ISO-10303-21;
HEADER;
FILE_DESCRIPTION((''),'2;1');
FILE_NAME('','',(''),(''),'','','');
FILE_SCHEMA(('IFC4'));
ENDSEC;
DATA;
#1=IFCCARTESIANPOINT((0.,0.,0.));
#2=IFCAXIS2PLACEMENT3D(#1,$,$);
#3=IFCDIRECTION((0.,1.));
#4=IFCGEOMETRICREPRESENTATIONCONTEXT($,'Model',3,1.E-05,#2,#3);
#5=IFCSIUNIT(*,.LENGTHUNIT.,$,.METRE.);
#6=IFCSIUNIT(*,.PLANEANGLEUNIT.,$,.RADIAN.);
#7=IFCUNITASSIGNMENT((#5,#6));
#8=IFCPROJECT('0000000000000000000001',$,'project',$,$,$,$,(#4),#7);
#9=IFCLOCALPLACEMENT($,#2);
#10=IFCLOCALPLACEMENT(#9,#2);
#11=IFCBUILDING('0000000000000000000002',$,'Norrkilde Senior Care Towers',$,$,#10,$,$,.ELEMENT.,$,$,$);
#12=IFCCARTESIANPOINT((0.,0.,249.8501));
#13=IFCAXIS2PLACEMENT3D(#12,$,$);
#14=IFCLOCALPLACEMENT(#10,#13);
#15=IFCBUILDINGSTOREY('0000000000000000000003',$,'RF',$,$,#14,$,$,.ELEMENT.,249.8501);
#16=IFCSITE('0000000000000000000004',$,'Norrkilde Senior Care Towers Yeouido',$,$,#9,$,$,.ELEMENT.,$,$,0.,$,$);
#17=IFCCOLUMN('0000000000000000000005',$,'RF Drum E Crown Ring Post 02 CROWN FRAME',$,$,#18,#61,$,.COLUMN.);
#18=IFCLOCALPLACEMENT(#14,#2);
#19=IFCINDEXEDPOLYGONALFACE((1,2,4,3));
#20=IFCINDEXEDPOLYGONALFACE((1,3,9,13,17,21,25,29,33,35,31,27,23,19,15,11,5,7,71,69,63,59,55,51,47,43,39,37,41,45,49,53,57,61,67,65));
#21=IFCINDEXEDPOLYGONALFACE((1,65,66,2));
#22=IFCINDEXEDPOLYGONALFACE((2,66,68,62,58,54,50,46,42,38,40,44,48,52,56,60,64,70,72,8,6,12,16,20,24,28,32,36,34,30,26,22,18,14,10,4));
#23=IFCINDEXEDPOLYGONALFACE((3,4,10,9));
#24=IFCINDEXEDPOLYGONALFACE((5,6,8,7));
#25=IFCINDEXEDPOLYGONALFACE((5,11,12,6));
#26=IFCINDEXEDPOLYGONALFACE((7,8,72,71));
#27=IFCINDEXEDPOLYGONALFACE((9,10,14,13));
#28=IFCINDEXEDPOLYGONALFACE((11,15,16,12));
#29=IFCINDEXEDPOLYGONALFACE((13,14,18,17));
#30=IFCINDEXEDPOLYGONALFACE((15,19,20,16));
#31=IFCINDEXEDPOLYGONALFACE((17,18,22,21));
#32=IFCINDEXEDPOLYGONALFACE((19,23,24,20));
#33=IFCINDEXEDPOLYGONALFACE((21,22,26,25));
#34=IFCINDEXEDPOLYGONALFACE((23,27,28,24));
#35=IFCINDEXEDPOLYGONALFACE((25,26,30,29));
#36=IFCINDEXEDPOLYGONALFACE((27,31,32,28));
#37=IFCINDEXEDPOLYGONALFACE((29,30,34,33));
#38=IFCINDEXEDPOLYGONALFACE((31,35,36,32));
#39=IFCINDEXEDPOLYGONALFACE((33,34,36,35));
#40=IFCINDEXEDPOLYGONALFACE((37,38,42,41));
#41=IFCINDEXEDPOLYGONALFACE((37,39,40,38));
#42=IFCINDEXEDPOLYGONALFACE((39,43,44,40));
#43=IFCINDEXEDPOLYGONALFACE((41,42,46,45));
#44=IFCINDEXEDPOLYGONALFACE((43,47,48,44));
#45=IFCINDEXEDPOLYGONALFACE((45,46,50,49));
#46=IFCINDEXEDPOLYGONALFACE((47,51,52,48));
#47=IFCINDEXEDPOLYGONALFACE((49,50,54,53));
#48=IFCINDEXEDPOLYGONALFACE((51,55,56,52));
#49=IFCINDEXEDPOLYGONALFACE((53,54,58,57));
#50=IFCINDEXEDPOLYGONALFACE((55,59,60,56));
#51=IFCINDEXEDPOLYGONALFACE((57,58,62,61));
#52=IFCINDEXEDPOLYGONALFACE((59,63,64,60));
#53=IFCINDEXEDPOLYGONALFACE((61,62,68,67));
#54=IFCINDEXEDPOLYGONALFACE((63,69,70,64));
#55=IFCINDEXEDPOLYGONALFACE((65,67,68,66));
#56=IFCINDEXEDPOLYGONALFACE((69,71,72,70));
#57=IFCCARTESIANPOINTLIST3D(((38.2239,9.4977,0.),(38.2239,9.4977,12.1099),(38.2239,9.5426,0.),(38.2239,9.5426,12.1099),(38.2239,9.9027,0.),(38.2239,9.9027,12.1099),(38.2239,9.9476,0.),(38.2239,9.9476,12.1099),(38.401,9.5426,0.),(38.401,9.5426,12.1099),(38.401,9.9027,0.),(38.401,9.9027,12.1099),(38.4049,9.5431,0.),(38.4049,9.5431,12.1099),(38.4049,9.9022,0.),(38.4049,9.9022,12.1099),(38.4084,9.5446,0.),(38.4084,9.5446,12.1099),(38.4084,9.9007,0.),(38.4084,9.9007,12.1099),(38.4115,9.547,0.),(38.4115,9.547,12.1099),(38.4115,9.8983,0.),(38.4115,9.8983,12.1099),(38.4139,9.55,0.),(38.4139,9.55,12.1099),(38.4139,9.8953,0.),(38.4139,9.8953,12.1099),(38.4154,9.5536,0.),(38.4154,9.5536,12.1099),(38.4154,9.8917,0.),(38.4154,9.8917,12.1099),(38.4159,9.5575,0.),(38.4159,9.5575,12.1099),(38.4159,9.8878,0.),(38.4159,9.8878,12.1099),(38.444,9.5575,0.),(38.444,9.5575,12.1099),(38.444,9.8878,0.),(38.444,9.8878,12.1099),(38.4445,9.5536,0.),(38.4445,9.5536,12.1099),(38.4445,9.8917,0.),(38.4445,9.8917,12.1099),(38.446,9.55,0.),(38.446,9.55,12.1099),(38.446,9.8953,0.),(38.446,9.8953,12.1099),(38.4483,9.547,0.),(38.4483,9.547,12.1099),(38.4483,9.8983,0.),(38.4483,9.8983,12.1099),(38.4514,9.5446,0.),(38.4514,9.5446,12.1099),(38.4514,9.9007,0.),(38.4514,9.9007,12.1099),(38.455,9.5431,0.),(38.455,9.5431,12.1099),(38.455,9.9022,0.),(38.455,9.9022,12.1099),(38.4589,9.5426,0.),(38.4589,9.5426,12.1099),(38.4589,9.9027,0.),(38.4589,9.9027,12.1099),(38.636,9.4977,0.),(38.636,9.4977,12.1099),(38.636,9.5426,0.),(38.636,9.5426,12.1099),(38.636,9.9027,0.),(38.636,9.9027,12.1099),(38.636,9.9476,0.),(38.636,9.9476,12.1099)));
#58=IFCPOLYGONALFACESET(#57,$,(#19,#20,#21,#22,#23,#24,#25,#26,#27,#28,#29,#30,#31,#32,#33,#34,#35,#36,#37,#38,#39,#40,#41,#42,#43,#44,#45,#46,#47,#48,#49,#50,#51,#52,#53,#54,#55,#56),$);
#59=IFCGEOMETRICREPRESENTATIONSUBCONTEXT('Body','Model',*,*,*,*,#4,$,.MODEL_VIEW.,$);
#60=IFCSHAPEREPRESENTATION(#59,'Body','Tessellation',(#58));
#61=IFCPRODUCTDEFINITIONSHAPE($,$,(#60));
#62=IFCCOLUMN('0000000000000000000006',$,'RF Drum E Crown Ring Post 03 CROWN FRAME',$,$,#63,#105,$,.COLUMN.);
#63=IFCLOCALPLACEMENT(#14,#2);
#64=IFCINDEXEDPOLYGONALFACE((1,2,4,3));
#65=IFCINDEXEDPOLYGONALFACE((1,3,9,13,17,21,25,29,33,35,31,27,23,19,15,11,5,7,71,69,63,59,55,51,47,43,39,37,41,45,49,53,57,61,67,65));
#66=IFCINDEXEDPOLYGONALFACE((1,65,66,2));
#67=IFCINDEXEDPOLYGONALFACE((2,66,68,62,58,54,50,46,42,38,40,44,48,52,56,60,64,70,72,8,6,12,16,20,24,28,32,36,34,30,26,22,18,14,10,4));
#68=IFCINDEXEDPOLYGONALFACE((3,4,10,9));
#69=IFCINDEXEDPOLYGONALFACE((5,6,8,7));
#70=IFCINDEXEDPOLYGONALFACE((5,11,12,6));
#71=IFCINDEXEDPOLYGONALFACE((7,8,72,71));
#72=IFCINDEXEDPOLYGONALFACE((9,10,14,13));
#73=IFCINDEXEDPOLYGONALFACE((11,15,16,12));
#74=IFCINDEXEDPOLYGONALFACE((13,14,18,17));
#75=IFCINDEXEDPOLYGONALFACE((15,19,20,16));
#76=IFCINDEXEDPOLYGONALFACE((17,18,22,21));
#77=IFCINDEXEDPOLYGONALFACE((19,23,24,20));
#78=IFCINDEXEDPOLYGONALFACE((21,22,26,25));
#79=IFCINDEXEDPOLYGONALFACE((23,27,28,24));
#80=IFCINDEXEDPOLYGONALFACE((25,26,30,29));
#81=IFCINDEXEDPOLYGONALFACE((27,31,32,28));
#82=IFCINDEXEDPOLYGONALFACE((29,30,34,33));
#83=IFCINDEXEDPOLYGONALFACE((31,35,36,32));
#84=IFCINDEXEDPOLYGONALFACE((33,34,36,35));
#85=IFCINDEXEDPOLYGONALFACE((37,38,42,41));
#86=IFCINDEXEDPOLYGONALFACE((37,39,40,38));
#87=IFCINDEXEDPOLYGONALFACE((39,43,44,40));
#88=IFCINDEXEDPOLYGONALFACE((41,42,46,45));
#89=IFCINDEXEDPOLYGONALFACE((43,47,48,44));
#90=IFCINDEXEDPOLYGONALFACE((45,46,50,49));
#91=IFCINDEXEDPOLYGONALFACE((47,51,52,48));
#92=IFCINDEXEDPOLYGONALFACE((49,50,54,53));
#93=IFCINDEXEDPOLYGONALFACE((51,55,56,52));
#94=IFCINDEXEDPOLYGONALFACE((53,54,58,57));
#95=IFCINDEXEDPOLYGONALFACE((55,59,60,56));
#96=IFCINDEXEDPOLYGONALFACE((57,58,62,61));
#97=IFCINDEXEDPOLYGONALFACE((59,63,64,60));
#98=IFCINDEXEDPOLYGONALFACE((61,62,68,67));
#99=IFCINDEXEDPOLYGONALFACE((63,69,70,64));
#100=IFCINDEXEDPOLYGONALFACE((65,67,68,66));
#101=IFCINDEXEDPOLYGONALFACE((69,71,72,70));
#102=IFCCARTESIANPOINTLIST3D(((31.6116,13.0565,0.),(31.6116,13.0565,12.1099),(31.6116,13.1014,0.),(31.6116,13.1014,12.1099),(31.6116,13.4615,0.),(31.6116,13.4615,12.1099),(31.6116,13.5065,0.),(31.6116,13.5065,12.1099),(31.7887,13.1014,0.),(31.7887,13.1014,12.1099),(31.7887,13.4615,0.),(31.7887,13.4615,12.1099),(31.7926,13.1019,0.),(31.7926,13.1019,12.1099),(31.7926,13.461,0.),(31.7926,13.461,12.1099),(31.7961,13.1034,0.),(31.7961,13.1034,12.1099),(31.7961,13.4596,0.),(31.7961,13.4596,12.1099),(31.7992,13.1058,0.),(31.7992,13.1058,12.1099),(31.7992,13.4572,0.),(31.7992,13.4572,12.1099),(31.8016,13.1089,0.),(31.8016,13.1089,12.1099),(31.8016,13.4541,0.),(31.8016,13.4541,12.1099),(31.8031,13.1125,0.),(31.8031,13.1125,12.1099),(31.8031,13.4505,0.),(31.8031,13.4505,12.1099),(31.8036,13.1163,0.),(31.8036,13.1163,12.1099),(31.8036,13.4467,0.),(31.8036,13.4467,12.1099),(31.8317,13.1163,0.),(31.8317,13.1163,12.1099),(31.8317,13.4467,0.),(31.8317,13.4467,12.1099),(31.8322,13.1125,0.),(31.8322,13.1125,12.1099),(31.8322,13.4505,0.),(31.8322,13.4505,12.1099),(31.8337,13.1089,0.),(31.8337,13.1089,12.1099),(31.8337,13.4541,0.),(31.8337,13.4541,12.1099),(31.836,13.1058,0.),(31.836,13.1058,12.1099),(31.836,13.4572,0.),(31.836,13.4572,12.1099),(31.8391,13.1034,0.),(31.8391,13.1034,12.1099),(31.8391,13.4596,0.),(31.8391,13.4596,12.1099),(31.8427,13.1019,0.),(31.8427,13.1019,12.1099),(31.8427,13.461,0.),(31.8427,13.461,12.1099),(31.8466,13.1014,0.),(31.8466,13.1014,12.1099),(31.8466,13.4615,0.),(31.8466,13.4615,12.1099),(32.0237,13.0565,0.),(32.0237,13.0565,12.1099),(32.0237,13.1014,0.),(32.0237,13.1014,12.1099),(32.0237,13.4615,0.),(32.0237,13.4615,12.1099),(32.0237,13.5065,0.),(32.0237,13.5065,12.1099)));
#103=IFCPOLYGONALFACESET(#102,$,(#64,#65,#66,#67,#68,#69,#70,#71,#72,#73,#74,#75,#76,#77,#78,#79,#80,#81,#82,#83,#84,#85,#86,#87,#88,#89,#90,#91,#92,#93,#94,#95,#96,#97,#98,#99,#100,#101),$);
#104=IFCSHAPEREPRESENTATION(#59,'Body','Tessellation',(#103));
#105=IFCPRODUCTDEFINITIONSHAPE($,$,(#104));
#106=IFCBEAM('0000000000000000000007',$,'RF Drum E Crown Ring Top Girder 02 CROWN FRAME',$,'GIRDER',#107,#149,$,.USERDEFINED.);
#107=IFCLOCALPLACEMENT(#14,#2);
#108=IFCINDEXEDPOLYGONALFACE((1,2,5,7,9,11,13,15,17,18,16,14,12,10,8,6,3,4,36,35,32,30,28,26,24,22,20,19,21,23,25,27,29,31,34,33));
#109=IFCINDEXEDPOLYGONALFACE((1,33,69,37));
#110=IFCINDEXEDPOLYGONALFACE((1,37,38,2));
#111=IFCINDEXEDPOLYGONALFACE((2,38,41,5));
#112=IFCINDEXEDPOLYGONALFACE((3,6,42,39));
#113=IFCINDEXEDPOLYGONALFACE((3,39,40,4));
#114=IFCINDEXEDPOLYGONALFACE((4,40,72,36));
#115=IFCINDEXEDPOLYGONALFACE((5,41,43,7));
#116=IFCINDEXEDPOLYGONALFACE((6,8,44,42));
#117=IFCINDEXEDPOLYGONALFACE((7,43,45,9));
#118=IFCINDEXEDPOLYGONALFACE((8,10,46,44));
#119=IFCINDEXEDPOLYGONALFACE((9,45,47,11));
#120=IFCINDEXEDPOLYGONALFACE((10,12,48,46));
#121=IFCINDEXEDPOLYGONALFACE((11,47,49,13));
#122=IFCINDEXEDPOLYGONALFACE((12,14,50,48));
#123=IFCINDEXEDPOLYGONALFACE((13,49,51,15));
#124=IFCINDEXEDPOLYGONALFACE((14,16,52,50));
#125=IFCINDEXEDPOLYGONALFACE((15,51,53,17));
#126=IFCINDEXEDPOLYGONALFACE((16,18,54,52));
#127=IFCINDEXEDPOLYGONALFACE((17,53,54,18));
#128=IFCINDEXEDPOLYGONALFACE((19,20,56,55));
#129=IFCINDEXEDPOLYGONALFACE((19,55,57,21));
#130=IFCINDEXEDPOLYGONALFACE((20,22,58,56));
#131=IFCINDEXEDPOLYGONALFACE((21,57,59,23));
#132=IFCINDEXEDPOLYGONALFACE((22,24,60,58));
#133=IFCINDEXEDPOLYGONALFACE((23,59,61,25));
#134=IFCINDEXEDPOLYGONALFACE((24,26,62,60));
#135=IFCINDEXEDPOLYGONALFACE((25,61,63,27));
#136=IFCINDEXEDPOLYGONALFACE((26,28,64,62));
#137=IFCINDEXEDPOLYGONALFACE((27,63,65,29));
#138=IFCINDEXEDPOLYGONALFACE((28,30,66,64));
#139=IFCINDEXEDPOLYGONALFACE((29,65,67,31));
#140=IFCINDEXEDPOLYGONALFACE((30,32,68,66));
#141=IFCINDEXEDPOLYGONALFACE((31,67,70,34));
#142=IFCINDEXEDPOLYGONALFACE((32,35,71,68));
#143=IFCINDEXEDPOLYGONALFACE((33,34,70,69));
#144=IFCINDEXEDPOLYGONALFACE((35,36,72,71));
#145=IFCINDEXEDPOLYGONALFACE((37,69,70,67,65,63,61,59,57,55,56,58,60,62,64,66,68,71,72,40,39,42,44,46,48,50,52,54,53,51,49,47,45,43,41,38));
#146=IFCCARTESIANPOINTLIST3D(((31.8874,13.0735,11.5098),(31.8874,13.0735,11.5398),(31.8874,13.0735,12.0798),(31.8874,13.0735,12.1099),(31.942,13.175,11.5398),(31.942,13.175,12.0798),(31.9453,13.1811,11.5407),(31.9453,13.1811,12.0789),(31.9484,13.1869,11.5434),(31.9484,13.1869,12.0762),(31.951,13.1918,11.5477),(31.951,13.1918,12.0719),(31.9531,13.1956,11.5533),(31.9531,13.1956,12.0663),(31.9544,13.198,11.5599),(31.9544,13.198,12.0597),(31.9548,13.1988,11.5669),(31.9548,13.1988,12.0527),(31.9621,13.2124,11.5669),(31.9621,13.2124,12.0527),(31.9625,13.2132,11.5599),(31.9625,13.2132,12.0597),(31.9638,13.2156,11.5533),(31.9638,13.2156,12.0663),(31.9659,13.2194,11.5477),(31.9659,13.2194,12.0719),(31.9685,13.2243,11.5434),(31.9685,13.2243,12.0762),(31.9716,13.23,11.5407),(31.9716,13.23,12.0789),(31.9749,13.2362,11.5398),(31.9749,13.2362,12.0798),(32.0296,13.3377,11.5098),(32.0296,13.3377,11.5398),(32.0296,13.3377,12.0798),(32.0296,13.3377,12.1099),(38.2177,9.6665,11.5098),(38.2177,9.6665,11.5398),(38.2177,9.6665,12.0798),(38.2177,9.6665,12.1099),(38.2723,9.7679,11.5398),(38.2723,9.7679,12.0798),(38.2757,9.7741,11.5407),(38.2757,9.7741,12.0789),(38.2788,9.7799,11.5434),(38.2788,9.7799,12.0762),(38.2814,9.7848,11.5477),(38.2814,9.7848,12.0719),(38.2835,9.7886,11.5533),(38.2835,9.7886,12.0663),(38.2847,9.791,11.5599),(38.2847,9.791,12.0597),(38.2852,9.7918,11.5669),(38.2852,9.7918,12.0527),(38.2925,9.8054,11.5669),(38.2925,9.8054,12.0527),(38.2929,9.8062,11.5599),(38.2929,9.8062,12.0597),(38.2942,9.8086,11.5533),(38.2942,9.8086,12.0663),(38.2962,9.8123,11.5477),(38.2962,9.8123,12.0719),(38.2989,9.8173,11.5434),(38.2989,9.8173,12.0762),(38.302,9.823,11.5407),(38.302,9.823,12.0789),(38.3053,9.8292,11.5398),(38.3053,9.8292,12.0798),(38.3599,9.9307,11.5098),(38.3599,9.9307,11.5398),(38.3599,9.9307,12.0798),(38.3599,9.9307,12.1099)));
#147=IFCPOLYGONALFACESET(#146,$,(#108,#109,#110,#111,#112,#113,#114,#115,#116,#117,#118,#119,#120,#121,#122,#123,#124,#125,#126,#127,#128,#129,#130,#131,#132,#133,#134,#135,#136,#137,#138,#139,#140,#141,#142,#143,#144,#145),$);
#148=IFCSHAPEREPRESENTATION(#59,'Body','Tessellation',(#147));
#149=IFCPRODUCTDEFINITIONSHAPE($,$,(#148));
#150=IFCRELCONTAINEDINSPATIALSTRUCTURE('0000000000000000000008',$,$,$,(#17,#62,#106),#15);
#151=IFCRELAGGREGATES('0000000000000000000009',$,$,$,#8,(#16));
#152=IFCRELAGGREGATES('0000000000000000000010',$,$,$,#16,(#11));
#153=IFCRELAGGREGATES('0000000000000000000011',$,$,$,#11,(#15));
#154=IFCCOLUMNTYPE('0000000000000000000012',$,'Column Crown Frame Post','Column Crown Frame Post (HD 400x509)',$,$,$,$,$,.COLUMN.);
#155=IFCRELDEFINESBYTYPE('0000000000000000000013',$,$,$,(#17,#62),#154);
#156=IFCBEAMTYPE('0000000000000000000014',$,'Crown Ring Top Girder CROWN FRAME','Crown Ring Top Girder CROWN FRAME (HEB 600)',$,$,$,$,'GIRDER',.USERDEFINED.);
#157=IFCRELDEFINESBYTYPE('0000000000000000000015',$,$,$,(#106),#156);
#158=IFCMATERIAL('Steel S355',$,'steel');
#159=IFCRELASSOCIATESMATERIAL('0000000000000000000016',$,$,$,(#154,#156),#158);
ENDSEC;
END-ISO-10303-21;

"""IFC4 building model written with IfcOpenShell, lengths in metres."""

from ifc_helpers import new_model, si_unit, direction, frame, origin, origin_2d, place, context, subcontext, project, spatial, i_section, extrude, source, transform, mapped, material, material_profile, profile_set, type_object, type_shapes, element, save


model = new_model("IFC4")

# Units and contexts
model_context = context("Model", 3, precision=1e-05, world=origin(), true_north=direction((0.0, 1.0)))
body_context = subcontext(model_context, "Body", "Model", "MODEL_VIEW")
ifc_project = project(units=[si_unit("LENGTHUNIT", "METRE"), si_unit("PLANEANGLEUNIT", "RADIAN")], contexts=[model_context])

# Site, building, storey
site_placement = place(None, origin())
site = spatial("IfcSite", under=ifc_project, at=site_placement, Name="Norrkilde Senior Care Towers Yeouido", CompositionType="ELEMENT", RefElevation=0.0)
building_placement = place(site_placement, origin())
building = spatial("IfcBuilding", under=site, at=building_placement, Name="Norrkilde Senior Care Towers", CompositionType="ELEMENT")
storey_placement = place(building_placement, frame((0.0, 0.0, 249.8501)))
storey = spatial("IfcBuildingStorey", under=building, at=storey_placement, Name="RF", CompositionType="ELEMENT", Elevation=249.8501)

# Columns
ifc_material_1 = material(Name="Steel S355", Category="steel")
ifc_material_profile_1 = material_profile(ifc_material_1, i_section(OverallWidth=0.4121, OverallDepth=0.45, WebThickness=0.0281, FlangeThickness=0.0449, FilletRadius=0.0149, at=origin_2d()), Name="HD 400x509")
ifc_profile_set_1 = profile_set([ifc_material_profile_1], Name="Steel S355")
column_type = type_object("IfcColumnType", Name="Column Crown Frame Post", Description="Column Crown Frame Post (HD 400x509)", PredefinedType="COLUMN", material=ifc_profile_set_1)
shared_shape_1 = source(origin(), body_context, "Body", "SweptSolid", [
    extrude(i_section(OverallWidth=0.4121, OverallDepth=0.45, WebThickness=0.0281, FlangeThickness=0.0449, FilletRadius=0.0149, at=origin_2d()), origin(), (0.0, 0.0, 1.0), 12.1099),
])
type_shapes(column_type, [shared_shape_1])
for number, where, z_axis, x_axis, name in (
    (1, (38.4299, 9.7227, 0.0), (0.0, 0.0, 1.0), (1.0, 0.0, 0.0), "RF Drum E Crown Ring Post 02 CROWN FRAME"),
    (2, (31.8176, 13.2815, 0.0), (0.0, 0.0, 1.0), (1.0, 0.0, 0.0), "RF Drum E Crown Ring Post 03 CROWN FRAME"),
):
    element("IfcColumn", number, at=place(storey_placement, frame(where, z_axis=z_axis, x_axis=x_axis)), inside=storey, type_object=column_type, Name=name, PredefinedType="COLUMN", context=body_context, shape_type="MappedRepresentation", body=[
        mapped(shared_shape_1, transform((0.0, 0.0, 0.0), x_axis=(1.0, 0.0, 0.0), y_axis=(0.0, 1.0, 0.0), z_axis=(0.0, 0.0, 1.0), scale=1.0)),
    ])

# Beam
ifc_material_profile_2 = material_profile(ifc_material_1, i_section(OverallWidth=0.3, OverallDepth=0.6001, WebThickness=0.0154, FlangeThickness=0.03, FilletRadius=0.0271, at=origin_2d()), Name="HEB 600")
ifc_profile_set_2 = profile_set([ifc_material_profile_2], Name="Steel S355")
beam_type_1 = type_object("IfcBeamType", Name="Crown Ring Top Girder CROWN FRAME", Description="Crown Ring Top Girder CROWN FRAME (HEB 600)", ElementType="GIRDER", PredefinedType="USERDEFINED", material=ifc_profile_set_2)
shared_shape_2 = source(origin(), body_context, "Body", "SweptSolid", [
    extrude(i_section(OverallWidth=0.3, OverallDepth=0.6001, WebThickness=0.0154, FlangeThickness=0.03, FilletRadius=0.0271, at=origin_2d()), origin(), (0.0, 0.0, 1.0), 7.189),
])
beam_1_placement = place(storey_placement, frame((38.2888, 9.7986, 11.8098), z_axis=(-0.880567, 0.473922, 0.0), x_axis=(-0.473922, -0.880567, 0.0)))
element("IfcBeam", 3, at=beam_1_placement, inside=storey, type_object=beam_type_1, Name="RF Drum E Crown Ring Top Girder 02 CROWN FRAME", ObjectType="GIRDER", PredefinedType="USERDEFINED", context=body_context, shape_type="MappedRepresentation", body=[
    mapped(shared_shape_2, transform((0.0, 0.0, 0.0), x_axis=(1.0, 0.0, 0.0), y_axis=(0.0, 1.0, 0.0), z_axis=(0.0, 0.0, 1.0), scale=1.0)),
])

save(model, "model.ifc")
